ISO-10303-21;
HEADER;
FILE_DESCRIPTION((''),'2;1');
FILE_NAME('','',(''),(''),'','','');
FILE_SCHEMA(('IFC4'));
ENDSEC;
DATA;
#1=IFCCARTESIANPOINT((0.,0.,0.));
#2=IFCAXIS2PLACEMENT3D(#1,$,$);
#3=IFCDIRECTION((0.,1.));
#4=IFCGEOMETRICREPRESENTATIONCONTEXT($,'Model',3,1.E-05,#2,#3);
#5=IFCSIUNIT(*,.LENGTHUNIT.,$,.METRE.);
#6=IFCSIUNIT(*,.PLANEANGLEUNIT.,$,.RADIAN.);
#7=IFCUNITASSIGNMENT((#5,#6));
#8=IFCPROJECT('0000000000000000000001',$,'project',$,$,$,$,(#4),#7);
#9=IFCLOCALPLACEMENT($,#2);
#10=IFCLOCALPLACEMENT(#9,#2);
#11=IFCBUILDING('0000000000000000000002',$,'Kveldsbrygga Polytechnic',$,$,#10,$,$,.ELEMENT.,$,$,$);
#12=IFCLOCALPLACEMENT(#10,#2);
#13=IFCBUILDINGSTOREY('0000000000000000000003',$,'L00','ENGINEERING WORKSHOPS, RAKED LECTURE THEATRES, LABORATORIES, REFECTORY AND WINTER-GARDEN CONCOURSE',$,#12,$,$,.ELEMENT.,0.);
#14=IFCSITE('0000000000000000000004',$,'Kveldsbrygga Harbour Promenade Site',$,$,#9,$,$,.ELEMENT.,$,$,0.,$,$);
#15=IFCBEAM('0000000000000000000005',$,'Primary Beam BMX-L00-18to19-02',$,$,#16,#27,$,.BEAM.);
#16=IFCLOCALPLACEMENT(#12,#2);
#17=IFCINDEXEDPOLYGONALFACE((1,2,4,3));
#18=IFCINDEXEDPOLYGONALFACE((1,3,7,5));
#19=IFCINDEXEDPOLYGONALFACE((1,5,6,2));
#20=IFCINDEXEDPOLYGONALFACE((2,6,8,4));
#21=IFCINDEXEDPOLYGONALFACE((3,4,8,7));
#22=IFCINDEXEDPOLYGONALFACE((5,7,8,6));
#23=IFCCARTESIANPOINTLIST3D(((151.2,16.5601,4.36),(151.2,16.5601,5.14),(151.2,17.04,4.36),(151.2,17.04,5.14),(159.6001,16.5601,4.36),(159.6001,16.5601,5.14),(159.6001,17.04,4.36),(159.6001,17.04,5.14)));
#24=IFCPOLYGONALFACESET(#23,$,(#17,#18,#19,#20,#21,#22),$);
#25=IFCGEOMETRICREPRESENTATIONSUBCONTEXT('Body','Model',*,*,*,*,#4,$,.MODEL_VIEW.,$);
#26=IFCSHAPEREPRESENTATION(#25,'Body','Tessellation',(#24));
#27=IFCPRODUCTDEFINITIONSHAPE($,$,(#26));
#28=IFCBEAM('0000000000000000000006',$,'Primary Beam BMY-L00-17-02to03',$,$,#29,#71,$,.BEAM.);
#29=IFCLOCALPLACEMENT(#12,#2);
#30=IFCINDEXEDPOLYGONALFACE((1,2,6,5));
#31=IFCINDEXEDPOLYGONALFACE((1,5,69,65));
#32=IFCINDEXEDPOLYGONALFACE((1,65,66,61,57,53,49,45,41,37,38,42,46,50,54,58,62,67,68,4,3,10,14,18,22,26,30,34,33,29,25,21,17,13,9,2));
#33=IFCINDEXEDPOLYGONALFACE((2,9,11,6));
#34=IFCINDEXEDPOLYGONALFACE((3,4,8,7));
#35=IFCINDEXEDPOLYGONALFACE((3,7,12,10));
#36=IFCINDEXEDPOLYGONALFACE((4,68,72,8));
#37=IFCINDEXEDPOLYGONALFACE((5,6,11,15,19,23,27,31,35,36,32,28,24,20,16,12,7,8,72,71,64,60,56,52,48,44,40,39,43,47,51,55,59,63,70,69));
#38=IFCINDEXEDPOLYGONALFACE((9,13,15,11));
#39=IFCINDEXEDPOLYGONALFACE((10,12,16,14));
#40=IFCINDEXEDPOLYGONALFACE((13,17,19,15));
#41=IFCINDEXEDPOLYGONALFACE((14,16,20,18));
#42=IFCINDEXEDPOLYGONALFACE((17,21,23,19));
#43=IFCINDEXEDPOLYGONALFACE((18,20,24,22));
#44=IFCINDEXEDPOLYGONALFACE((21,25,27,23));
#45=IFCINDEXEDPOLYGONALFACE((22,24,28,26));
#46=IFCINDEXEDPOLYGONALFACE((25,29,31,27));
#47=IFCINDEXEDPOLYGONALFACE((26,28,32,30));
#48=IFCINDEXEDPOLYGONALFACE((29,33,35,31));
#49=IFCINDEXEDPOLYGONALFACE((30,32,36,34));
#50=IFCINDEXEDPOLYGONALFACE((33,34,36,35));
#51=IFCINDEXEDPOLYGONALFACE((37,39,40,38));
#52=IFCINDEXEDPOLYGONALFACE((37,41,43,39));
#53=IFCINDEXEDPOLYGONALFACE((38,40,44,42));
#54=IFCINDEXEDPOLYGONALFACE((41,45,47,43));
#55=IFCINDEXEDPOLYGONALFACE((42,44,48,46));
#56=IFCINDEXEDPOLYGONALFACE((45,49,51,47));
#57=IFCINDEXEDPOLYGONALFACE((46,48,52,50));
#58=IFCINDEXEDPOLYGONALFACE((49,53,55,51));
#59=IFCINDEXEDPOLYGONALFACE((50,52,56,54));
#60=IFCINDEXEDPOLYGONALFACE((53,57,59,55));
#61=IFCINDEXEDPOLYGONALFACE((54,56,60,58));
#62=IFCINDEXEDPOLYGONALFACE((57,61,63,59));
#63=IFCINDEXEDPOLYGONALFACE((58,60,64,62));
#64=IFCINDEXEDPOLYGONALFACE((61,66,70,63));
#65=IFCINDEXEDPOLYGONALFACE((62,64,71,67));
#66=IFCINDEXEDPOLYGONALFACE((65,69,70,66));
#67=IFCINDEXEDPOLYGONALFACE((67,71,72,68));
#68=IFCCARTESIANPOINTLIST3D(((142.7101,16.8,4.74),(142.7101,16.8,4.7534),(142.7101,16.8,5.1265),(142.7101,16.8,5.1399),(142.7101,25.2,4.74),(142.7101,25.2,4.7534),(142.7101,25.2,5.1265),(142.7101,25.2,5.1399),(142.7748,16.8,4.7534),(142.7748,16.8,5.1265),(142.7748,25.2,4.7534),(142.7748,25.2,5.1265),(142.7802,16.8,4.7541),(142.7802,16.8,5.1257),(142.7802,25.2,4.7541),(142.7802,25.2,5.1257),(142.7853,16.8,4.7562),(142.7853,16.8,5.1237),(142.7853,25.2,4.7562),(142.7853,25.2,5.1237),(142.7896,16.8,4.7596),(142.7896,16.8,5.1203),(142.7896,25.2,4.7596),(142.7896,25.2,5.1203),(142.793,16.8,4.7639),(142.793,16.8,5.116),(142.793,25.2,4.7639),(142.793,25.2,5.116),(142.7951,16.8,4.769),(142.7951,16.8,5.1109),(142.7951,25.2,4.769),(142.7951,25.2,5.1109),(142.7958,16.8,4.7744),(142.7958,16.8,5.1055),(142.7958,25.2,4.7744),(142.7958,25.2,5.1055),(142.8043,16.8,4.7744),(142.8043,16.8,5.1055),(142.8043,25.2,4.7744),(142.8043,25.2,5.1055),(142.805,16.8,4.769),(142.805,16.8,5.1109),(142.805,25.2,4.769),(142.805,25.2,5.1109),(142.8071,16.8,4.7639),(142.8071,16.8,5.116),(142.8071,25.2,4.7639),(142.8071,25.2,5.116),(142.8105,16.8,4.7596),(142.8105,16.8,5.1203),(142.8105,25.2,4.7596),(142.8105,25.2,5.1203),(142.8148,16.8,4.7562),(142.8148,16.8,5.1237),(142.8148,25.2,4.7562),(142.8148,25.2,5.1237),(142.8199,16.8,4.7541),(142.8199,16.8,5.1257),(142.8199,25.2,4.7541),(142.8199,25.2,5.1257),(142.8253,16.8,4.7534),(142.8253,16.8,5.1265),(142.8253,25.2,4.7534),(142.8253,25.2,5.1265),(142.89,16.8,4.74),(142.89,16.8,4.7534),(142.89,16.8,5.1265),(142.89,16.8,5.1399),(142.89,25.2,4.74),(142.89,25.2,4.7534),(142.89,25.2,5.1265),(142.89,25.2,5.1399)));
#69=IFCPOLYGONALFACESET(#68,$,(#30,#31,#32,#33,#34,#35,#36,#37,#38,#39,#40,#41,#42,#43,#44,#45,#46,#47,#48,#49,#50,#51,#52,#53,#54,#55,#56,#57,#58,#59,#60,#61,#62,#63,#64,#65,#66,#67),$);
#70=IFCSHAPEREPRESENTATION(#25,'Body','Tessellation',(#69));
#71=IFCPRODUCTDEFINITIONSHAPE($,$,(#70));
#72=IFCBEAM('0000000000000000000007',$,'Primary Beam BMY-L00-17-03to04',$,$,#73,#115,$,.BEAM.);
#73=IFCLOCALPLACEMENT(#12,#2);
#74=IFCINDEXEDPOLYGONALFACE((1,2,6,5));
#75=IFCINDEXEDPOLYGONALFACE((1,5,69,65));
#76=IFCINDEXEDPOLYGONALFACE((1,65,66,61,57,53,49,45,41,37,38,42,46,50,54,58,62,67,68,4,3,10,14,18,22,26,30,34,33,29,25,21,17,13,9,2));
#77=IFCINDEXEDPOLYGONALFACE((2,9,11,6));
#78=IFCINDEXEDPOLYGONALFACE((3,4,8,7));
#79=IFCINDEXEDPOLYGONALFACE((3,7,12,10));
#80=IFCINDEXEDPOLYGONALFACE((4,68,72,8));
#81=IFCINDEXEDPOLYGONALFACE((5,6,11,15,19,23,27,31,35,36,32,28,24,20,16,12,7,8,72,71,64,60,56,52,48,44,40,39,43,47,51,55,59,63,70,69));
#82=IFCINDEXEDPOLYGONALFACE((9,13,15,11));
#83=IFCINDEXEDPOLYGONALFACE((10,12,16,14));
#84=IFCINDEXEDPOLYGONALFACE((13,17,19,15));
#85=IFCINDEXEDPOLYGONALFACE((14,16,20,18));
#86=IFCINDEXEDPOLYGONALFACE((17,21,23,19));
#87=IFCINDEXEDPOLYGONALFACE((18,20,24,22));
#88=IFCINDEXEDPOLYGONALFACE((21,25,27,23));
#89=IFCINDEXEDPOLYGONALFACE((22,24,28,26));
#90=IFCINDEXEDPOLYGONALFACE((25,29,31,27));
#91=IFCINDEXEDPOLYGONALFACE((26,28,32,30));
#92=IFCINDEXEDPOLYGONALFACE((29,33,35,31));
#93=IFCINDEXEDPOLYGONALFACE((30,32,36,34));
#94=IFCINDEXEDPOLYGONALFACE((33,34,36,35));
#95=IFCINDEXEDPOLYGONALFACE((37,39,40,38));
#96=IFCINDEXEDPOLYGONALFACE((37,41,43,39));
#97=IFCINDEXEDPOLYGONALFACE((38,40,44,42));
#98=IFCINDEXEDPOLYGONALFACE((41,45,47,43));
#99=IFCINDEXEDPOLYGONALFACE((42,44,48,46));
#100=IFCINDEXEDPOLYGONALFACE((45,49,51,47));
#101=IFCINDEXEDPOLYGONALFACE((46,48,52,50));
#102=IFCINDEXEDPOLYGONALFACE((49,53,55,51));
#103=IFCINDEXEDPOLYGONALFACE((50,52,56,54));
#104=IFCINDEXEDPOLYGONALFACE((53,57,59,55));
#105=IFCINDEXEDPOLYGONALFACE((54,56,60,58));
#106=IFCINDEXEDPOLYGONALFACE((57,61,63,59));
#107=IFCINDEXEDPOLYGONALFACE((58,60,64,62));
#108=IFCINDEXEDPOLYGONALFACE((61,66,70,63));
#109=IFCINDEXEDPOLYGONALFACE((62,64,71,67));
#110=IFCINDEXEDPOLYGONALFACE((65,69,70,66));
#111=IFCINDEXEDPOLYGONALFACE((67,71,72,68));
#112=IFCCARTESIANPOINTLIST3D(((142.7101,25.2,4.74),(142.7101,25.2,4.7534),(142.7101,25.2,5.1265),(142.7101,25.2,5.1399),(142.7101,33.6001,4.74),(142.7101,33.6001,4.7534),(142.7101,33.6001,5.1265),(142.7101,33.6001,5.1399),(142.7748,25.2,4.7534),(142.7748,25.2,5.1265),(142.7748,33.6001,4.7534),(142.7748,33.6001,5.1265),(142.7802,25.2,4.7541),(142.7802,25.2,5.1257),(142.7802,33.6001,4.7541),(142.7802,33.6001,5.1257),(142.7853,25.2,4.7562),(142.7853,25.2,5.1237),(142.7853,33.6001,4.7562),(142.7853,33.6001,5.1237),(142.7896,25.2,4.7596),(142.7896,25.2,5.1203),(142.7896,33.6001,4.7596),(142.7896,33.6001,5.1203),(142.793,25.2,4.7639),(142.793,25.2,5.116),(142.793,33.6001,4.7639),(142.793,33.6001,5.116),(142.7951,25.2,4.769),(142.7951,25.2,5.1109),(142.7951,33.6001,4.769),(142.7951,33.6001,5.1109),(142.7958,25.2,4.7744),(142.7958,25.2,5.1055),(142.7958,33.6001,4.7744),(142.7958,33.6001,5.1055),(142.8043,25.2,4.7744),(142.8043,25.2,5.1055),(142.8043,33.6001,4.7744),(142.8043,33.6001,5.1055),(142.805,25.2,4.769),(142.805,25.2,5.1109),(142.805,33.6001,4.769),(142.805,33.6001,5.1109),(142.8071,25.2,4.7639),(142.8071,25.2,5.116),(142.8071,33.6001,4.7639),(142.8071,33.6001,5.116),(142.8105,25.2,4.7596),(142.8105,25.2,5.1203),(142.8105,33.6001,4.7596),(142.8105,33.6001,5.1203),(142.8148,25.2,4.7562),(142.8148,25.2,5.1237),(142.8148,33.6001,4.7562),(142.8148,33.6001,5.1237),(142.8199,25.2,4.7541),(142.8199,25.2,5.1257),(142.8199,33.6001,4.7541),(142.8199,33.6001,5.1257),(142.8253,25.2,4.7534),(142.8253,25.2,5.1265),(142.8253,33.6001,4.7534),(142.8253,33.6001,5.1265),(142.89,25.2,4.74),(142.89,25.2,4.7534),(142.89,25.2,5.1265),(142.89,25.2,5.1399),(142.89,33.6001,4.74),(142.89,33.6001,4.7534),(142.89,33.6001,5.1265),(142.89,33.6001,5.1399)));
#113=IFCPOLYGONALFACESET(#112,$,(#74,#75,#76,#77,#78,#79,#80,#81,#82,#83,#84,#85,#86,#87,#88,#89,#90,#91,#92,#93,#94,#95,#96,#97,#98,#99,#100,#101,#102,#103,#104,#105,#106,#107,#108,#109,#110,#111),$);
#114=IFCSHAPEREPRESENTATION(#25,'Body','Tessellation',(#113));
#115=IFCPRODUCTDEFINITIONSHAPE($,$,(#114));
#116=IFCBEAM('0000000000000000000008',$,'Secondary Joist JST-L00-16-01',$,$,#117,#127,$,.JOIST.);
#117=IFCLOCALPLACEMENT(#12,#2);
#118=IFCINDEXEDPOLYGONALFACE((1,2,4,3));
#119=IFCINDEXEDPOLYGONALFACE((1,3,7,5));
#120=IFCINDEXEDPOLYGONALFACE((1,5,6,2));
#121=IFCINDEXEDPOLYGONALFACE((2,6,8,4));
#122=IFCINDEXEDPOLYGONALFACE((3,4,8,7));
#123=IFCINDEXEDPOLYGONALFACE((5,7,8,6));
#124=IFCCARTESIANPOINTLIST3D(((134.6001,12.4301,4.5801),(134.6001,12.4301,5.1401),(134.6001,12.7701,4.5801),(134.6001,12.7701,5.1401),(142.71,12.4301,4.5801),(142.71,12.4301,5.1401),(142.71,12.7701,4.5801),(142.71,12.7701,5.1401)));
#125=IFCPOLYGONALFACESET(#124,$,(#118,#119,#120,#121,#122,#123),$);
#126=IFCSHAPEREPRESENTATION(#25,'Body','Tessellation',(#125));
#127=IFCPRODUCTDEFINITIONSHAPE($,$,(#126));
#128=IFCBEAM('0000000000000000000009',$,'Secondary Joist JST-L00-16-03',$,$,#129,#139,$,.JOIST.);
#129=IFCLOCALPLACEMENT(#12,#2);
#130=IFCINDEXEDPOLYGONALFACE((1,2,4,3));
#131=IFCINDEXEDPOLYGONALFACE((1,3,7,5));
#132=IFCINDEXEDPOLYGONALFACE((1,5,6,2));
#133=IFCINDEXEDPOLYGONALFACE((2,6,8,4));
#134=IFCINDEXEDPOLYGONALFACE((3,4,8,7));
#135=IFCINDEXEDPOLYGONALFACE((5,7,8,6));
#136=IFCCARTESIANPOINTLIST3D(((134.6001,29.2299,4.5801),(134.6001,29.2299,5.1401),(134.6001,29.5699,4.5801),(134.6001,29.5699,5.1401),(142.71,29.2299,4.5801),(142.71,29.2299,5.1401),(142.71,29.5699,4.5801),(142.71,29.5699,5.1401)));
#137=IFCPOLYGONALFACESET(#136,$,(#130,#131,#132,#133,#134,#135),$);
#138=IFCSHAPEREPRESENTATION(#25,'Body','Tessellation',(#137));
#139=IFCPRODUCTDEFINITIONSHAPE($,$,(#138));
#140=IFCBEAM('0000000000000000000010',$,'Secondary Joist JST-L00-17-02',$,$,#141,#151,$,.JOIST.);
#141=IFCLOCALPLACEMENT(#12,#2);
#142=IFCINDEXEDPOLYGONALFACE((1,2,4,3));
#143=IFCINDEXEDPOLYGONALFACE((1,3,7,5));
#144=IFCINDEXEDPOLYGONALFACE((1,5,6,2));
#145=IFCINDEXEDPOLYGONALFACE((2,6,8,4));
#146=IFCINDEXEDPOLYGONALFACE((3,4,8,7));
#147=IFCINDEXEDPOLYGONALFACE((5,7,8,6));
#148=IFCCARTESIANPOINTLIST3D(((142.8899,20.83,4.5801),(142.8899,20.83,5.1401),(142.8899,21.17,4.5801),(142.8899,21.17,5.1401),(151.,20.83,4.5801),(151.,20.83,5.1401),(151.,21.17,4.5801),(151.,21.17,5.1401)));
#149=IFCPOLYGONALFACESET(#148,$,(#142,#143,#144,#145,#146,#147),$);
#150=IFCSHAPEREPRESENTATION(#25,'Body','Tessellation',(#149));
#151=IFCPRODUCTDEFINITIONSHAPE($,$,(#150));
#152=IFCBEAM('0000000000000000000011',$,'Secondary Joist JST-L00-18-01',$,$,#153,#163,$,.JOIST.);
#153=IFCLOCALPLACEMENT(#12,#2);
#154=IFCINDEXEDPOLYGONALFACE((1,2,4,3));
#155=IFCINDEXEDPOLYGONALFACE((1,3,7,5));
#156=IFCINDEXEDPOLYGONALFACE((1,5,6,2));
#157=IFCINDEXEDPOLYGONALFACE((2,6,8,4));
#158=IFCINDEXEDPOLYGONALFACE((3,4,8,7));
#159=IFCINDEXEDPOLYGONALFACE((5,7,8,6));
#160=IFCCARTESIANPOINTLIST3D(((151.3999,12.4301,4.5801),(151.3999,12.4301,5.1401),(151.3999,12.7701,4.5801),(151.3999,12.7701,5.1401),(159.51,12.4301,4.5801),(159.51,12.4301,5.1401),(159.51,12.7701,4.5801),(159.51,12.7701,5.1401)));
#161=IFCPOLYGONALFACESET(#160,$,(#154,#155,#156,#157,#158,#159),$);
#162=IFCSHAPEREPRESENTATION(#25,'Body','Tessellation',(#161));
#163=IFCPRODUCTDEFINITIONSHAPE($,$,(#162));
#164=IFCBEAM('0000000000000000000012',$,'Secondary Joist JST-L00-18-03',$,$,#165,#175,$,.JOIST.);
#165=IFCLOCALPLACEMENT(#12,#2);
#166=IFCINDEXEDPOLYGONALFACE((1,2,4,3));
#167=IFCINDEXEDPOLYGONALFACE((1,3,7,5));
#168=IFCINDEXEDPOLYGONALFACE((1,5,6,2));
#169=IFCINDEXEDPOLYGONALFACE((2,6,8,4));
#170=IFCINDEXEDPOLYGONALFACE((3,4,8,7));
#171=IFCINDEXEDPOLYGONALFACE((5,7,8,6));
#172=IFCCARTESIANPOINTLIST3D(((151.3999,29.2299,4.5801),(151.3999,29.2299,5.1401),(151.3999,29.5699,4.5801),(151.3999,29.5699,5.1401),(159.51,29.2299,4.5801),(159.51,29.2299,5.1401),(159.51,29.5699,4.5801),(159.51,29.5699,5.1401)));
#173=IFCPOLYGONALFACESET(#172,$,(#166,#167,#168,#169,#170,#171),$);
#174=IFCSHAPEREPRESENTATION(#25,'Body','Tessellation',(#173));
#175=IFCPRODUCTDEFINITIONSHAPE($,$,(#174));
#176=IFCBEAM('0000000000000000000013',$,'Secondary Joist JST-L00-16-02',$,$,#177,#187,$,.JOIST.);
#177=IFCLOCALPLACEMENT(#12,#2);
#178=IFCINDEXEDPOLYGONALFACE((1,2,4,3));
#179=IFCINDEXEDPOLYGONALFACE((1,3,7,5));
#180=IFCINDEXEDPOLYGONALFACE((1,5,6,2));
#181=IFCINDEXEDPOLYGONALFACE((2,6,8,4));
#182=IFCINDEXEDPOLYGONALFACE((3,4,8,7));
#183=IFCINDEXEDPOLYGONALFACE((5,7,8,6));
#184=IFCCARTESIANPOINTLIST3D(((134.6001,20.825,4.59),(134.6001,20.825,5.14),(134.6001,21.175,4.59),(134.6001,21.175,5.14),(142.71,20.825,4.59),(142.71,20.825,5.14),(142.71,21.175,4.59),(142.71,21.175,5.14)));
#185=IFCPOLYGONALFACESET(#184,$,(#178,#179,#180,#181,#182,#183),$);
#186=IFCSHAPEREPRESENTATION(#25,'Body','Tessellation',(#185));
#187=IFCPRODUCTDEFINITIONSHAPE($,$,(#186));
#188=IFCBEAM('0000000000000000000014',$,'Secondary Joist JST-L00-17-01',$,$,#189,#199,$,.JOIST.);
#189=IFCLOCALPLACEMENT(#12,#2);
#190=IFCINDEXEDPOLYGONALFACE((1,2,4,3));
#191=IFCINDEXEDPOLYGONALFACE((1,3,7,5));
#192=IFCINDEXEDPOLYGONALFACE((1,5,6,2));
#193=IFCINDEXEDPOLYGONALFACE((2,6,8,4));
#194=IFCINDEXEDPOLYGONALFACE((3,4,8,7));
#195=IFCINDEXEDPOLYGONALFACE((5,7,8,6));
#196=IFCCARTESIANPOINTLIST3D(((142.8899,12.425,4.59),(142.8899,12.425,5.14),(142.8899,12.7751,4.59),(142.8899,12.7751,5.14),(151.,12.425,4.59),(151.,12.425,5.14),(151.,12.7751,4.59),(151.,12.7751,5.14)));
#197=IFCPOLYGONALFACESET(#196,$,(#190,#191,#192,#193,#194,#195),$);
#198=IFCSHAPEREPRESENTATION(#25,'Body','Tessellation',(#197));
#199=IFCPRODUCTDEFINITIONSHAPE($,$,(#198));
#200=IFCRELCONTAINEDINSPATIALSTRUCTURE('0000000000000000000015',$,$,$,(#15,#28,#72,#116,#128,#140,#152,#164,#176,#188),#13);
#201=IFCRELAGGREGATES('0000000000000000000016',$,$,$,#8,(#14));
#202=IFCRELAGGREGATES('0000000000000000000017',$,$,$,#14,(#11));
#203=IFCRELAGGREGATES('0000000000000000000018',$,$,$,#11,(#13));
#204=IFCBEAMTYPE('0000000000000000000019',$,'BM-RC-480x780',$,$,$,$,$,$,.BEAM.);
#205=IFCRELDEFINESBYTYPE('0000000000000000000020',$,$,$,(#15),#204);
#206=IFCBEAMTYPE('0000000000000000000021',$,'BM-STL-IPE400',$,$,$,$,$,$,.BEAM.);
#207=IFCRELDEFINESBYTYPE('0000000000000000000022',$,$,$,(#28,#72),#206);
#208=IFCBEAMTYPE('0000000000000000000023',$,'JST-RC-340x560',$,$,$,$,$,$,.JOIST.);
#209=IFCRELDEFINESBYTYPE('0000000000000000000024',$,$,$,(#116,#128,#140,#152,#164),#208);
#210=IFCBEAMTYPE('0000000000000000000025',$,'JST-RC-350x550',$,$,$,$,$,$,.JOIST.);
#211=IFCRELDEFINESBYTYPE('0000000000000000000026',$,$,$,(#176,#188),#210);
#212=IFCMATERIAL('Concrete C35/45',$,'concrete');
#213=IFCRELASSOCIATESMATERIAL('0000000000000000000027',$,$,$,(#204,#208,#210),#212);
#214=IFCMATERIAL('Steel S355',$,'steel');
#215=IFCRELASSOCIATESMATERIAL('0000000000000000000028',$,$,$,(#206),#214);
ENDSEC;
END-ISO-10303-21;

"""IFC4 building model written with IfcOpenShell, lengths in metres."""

from ifc_helpers import new_model, si_unit, direction, frame, origin, origin_2d, place, context, subcontext, project, spatial, rectangle, i_section, extrude, material, material_profile, profile_set, type_object, element, save


model = new_model("IFC4")

# Units and contexts
model_context = context("Model", 3, precision=1e-05, world=origin(), true_north=direction((0.0, 1.0)))
body_context = subcontext(model_context, "Body", "Model", "MODEL_VIEW")
ifc_project = project(units=[si_unit("LENGTHUNIT", "METRE"), si_unit("PLANEANGLEUNIT", "RADIAN")], contexts=[model_context])

# Site, building, storey
site_placement = place(None, origin())
site = spatial("IfcSite", under=ifc_project, at=site_placement, Name="Kveldsbrygga Harbour Promenade Site", CompositionType="ELEMENT", RefElevation=0.0)
building_placement = place(site_placement, origin())
building = spatial("IfcBuilding", under=site, at=building_placement, Name="Kveldsbrygga Polytechnic", CompositionType="ELEMENT")
storey_placement = place(building_placement, origin())
storey = spatial("IfcBuildingStorey", under=building, at=storey_placement, Name="L00", Description="ENGINEERING WORKSHOPS, RAKED LECTURE THEATRES, LABORATORIES, REFECTORY AND WINTER-GARDEN CONCOURSE", CompositionType="ELEMENT", Elevation=0.0)

# Beams
ifc_material_1 = material(Name="Concrete C35/45", Category="concrete")
ifc_material_profile_1 = material_profile(ifc_material_1, rectangle(XDim=0.48, YDim=0.78, at=origin_2d()), Name="RC 480x780")
ifc_profile_set_1 = profile_set([ifc_material_profile_1], Name="Concrete C35/45")
beam_type_1 = type_object("IfcBeamType", Name="BM-RC-480x780", PredefinedType="BEAM", material=ifc_profile_set_1)
beam_1_placement = place(storey_placement, frame((151.2, 16.8, 4.75), z_axis=(1.0, 0.0, 0.0), x_axis=(0.0, 1.0, 0.0)))
element("IfcBeam", 1, at=beam_1_placement, inside=storey, type_object=beam_type_1, Name="Primary Beam BMX-L00-18to19-02", PredefinedType="BEAM", context=body_context, shape_type="SweptSolid", body=[
    extrude(rectangle(XDim=0.48, YDim=0.78, at=origin_2d()), origin(), (0.0, 0.0, 1.0), 8.4001),
])
ifc_material_2 = material(Name="Steel S355", Category="steel")
ifc_material_profile_2 = material_profile(ifc_material_2, i_section(OverallWidth=0.1799, OverallDepth=0.3999, WebThickness=0.0085, FlangeThickness=0.0134, FilletRadius=0.021, at=origin_2d()), Name="IPE 400")
ifc_profile_set_2 = profile_set([ifc_material_profile_2], Name="Steel S355")
beam_type_2 = type_object("IfcBeamType", Name="BM-STL-IPE400", PredefinedType="BEAM", material=ifc_profile_set_2)
beam_2_placement = place(storey_placement, frame((142.8, 16.8, 4.9399), z_axis=(0.0, 1.0, 0.0), x_axis=(-1.0, 0.0, 0.0)))
element("IfcBeam", 2, at=beam_2_placement, inside=storey, type_object=beam_type_2, Name="Primary Beam BMY-L00-17-02to03", PredefinedType="BEAM", context=body_context, shape_type="SweptSolid", body=[
    extrude(i_section(OverallWidth=0.1799, OverallDepth=0.3999, WebThickness=0.0085, FlangeThickness=0.0134, FilletRadius=0.021, at=origin_2d()), origin(), (0.0, 0.0, 1.0), 8.3999),
])
beam_3_placement = place(storey_placement, frame((142.8, 25.2, 4.9399), z_axis=(0.0, 1.0, 0.0), x_axis=(-1.0, 0.0, 0.0)))
element("IfcBeam", 3, at=beam_3_placement, inside=storey, type_object=beam_type_2, Name="Primary Beam BMY-L00-17-03to04", PredefinedType="BEAM", context=body_context, shape_type="SweptSolid", body=[
    extrude(i_section(OverallWidth=0.1799, OverallDepth=0.3999, WebThickness=0.0085, FlangeThickness=0.0134, FilletRadius=0.021, at=origin_2d()), origin(), (0.0, 0.0, 1.0), 8.4001),
])
ifc_material_profile_3 = material_profile(ifc_material_1, rectangle(XDim=0.3401, YDim=0.5601, at=origin_2d()), Name="RC 340x560")
ifc_profile_set_3 = profile_set([ifc_material_profile_3], Name="Concrete C35/45")
beam_type_3 = type_object("IfcBeamType", Name="JST-RC-340x560", PredefinedType="JOIST", material=ifc_profile_set_3)
for number, where, z_axis, x_axis, name in (
    (4, (134.6001, 12.6001, 4.8601), (1.0, 0.0, 0.0), (0.0, 1.0, 0.0), "Secondary Joist JST-L00-16-01"),
    (5, (134.6001, 29.3999, 4.8601), (1.0, 0.0, 0.0), (0.0, 1.0, 0.0), "Secondary Joist JST-L00-16-03"),
):
    element("IfcBeam", number, at=place(storey_placement, frame(where, z_axis=z_axis, x_axis=x_axis)), inside=storey, type_object=beam_type_3, Name=name, PredefinedType="JOIST", context=body_context, shape_type="SweptSolid", body=[
        extrude(rectangle(XDim=0.3401, YDim=0.5601, at=origin_2d()), origin(), (0.0, 0.0, 1.0), 8.1099),
    ])
for number, where, z_axis, x_axis, name in (
    (6, (142.8899, 21.0, 4.8601), (1.0, 0.0, 0.0), (0.0, 1.0, 0.0), "Secondary Joist JST-L00-17-02"),
    (7, (151.3999, 12.6001, 4.8601), (1.0, 0.0, 0.0), (0.0, 1.0, 0.0), "Secondary Joist JST-L00-18-01"),
    (8, (151.3999, 29.3999, 4.8601), (1.0, 0.0, 0.0), (0.0, 1.0, 0.0), "Secondary Joist JST-L00-18-03"),
):
    element("IfcBeam", number, at=place(storey_placement, frame(where, z_axis=z_axis, x_axis=x_axis)), inside=storey, type_object=beam_type_3, Name=name, PredefinedType="JOIST", context=body_context, shape_type="SweptSolid", body=[
        extrude(rectangle(XDim=0.3401, YDim=0.5601, at=origin_2d()), origin(), (0.0, 0.0, 1.0), 8.1101),
    ])
ifc_material_profile_4 = material_profile(ifc_material_1, rectangle(XDim=0.3501, YDim=0.55, at=origin_2d()), Name="RC 350x550")
ifc_profile_set_4 = profile_set([ifc_material_profile_4], Name="Concrete C35/45")
beam_type_4 = type_object("IfcBeamType", Name="JST-RC-350x550", PredefinedType="JOIST", material=ifc_profile_set_4)
beam_4_placement = place(storey_placement, frame((134.6001, 21.0, 4.865), z_axis=(1.0, 0.0, 0.0), x_axis=(0.0, 1.0, 0.0)))
element("IfcBeam", 9, at=beam_4_placement, inside=storey, type_object=beam_type_4, Name="Secondary Joist JST-L00-16-02", PredefinedType="JOIST", context=body_context, shape_type="SweptSolid", body=[
    extrude(rectangle(XDim=0.3501, YDim=0.55, at=origin_2d()), origin(), (0.0, 0.0, 1.0), 8.1099),
])
for number, where, z_axis, x_axis, name in (
    (10, (142.8899, 12.6001, 4.865), (1.0, 0.0, 0.0), (0.0, 1.0, 0.0), "Secondary Joist JST-L00-17-01"),
):
    element("IfcBeam", number, at=place(storey_placement, frame(where, z_axis=z_axis, x_axis=x_axis)), inside=storey, type_object=beam_type_4, Name=name, PredefinedType="JOIST", context=body_context, shape_type="SweptSolid", body=[
        extrude(rectangle(XDim=0.3501, YDim=0.55, at=origin_2d()), origin(), (0.0, 0.0, 1.0), 8.1101),
    ])

save(model, "model.ifc")
